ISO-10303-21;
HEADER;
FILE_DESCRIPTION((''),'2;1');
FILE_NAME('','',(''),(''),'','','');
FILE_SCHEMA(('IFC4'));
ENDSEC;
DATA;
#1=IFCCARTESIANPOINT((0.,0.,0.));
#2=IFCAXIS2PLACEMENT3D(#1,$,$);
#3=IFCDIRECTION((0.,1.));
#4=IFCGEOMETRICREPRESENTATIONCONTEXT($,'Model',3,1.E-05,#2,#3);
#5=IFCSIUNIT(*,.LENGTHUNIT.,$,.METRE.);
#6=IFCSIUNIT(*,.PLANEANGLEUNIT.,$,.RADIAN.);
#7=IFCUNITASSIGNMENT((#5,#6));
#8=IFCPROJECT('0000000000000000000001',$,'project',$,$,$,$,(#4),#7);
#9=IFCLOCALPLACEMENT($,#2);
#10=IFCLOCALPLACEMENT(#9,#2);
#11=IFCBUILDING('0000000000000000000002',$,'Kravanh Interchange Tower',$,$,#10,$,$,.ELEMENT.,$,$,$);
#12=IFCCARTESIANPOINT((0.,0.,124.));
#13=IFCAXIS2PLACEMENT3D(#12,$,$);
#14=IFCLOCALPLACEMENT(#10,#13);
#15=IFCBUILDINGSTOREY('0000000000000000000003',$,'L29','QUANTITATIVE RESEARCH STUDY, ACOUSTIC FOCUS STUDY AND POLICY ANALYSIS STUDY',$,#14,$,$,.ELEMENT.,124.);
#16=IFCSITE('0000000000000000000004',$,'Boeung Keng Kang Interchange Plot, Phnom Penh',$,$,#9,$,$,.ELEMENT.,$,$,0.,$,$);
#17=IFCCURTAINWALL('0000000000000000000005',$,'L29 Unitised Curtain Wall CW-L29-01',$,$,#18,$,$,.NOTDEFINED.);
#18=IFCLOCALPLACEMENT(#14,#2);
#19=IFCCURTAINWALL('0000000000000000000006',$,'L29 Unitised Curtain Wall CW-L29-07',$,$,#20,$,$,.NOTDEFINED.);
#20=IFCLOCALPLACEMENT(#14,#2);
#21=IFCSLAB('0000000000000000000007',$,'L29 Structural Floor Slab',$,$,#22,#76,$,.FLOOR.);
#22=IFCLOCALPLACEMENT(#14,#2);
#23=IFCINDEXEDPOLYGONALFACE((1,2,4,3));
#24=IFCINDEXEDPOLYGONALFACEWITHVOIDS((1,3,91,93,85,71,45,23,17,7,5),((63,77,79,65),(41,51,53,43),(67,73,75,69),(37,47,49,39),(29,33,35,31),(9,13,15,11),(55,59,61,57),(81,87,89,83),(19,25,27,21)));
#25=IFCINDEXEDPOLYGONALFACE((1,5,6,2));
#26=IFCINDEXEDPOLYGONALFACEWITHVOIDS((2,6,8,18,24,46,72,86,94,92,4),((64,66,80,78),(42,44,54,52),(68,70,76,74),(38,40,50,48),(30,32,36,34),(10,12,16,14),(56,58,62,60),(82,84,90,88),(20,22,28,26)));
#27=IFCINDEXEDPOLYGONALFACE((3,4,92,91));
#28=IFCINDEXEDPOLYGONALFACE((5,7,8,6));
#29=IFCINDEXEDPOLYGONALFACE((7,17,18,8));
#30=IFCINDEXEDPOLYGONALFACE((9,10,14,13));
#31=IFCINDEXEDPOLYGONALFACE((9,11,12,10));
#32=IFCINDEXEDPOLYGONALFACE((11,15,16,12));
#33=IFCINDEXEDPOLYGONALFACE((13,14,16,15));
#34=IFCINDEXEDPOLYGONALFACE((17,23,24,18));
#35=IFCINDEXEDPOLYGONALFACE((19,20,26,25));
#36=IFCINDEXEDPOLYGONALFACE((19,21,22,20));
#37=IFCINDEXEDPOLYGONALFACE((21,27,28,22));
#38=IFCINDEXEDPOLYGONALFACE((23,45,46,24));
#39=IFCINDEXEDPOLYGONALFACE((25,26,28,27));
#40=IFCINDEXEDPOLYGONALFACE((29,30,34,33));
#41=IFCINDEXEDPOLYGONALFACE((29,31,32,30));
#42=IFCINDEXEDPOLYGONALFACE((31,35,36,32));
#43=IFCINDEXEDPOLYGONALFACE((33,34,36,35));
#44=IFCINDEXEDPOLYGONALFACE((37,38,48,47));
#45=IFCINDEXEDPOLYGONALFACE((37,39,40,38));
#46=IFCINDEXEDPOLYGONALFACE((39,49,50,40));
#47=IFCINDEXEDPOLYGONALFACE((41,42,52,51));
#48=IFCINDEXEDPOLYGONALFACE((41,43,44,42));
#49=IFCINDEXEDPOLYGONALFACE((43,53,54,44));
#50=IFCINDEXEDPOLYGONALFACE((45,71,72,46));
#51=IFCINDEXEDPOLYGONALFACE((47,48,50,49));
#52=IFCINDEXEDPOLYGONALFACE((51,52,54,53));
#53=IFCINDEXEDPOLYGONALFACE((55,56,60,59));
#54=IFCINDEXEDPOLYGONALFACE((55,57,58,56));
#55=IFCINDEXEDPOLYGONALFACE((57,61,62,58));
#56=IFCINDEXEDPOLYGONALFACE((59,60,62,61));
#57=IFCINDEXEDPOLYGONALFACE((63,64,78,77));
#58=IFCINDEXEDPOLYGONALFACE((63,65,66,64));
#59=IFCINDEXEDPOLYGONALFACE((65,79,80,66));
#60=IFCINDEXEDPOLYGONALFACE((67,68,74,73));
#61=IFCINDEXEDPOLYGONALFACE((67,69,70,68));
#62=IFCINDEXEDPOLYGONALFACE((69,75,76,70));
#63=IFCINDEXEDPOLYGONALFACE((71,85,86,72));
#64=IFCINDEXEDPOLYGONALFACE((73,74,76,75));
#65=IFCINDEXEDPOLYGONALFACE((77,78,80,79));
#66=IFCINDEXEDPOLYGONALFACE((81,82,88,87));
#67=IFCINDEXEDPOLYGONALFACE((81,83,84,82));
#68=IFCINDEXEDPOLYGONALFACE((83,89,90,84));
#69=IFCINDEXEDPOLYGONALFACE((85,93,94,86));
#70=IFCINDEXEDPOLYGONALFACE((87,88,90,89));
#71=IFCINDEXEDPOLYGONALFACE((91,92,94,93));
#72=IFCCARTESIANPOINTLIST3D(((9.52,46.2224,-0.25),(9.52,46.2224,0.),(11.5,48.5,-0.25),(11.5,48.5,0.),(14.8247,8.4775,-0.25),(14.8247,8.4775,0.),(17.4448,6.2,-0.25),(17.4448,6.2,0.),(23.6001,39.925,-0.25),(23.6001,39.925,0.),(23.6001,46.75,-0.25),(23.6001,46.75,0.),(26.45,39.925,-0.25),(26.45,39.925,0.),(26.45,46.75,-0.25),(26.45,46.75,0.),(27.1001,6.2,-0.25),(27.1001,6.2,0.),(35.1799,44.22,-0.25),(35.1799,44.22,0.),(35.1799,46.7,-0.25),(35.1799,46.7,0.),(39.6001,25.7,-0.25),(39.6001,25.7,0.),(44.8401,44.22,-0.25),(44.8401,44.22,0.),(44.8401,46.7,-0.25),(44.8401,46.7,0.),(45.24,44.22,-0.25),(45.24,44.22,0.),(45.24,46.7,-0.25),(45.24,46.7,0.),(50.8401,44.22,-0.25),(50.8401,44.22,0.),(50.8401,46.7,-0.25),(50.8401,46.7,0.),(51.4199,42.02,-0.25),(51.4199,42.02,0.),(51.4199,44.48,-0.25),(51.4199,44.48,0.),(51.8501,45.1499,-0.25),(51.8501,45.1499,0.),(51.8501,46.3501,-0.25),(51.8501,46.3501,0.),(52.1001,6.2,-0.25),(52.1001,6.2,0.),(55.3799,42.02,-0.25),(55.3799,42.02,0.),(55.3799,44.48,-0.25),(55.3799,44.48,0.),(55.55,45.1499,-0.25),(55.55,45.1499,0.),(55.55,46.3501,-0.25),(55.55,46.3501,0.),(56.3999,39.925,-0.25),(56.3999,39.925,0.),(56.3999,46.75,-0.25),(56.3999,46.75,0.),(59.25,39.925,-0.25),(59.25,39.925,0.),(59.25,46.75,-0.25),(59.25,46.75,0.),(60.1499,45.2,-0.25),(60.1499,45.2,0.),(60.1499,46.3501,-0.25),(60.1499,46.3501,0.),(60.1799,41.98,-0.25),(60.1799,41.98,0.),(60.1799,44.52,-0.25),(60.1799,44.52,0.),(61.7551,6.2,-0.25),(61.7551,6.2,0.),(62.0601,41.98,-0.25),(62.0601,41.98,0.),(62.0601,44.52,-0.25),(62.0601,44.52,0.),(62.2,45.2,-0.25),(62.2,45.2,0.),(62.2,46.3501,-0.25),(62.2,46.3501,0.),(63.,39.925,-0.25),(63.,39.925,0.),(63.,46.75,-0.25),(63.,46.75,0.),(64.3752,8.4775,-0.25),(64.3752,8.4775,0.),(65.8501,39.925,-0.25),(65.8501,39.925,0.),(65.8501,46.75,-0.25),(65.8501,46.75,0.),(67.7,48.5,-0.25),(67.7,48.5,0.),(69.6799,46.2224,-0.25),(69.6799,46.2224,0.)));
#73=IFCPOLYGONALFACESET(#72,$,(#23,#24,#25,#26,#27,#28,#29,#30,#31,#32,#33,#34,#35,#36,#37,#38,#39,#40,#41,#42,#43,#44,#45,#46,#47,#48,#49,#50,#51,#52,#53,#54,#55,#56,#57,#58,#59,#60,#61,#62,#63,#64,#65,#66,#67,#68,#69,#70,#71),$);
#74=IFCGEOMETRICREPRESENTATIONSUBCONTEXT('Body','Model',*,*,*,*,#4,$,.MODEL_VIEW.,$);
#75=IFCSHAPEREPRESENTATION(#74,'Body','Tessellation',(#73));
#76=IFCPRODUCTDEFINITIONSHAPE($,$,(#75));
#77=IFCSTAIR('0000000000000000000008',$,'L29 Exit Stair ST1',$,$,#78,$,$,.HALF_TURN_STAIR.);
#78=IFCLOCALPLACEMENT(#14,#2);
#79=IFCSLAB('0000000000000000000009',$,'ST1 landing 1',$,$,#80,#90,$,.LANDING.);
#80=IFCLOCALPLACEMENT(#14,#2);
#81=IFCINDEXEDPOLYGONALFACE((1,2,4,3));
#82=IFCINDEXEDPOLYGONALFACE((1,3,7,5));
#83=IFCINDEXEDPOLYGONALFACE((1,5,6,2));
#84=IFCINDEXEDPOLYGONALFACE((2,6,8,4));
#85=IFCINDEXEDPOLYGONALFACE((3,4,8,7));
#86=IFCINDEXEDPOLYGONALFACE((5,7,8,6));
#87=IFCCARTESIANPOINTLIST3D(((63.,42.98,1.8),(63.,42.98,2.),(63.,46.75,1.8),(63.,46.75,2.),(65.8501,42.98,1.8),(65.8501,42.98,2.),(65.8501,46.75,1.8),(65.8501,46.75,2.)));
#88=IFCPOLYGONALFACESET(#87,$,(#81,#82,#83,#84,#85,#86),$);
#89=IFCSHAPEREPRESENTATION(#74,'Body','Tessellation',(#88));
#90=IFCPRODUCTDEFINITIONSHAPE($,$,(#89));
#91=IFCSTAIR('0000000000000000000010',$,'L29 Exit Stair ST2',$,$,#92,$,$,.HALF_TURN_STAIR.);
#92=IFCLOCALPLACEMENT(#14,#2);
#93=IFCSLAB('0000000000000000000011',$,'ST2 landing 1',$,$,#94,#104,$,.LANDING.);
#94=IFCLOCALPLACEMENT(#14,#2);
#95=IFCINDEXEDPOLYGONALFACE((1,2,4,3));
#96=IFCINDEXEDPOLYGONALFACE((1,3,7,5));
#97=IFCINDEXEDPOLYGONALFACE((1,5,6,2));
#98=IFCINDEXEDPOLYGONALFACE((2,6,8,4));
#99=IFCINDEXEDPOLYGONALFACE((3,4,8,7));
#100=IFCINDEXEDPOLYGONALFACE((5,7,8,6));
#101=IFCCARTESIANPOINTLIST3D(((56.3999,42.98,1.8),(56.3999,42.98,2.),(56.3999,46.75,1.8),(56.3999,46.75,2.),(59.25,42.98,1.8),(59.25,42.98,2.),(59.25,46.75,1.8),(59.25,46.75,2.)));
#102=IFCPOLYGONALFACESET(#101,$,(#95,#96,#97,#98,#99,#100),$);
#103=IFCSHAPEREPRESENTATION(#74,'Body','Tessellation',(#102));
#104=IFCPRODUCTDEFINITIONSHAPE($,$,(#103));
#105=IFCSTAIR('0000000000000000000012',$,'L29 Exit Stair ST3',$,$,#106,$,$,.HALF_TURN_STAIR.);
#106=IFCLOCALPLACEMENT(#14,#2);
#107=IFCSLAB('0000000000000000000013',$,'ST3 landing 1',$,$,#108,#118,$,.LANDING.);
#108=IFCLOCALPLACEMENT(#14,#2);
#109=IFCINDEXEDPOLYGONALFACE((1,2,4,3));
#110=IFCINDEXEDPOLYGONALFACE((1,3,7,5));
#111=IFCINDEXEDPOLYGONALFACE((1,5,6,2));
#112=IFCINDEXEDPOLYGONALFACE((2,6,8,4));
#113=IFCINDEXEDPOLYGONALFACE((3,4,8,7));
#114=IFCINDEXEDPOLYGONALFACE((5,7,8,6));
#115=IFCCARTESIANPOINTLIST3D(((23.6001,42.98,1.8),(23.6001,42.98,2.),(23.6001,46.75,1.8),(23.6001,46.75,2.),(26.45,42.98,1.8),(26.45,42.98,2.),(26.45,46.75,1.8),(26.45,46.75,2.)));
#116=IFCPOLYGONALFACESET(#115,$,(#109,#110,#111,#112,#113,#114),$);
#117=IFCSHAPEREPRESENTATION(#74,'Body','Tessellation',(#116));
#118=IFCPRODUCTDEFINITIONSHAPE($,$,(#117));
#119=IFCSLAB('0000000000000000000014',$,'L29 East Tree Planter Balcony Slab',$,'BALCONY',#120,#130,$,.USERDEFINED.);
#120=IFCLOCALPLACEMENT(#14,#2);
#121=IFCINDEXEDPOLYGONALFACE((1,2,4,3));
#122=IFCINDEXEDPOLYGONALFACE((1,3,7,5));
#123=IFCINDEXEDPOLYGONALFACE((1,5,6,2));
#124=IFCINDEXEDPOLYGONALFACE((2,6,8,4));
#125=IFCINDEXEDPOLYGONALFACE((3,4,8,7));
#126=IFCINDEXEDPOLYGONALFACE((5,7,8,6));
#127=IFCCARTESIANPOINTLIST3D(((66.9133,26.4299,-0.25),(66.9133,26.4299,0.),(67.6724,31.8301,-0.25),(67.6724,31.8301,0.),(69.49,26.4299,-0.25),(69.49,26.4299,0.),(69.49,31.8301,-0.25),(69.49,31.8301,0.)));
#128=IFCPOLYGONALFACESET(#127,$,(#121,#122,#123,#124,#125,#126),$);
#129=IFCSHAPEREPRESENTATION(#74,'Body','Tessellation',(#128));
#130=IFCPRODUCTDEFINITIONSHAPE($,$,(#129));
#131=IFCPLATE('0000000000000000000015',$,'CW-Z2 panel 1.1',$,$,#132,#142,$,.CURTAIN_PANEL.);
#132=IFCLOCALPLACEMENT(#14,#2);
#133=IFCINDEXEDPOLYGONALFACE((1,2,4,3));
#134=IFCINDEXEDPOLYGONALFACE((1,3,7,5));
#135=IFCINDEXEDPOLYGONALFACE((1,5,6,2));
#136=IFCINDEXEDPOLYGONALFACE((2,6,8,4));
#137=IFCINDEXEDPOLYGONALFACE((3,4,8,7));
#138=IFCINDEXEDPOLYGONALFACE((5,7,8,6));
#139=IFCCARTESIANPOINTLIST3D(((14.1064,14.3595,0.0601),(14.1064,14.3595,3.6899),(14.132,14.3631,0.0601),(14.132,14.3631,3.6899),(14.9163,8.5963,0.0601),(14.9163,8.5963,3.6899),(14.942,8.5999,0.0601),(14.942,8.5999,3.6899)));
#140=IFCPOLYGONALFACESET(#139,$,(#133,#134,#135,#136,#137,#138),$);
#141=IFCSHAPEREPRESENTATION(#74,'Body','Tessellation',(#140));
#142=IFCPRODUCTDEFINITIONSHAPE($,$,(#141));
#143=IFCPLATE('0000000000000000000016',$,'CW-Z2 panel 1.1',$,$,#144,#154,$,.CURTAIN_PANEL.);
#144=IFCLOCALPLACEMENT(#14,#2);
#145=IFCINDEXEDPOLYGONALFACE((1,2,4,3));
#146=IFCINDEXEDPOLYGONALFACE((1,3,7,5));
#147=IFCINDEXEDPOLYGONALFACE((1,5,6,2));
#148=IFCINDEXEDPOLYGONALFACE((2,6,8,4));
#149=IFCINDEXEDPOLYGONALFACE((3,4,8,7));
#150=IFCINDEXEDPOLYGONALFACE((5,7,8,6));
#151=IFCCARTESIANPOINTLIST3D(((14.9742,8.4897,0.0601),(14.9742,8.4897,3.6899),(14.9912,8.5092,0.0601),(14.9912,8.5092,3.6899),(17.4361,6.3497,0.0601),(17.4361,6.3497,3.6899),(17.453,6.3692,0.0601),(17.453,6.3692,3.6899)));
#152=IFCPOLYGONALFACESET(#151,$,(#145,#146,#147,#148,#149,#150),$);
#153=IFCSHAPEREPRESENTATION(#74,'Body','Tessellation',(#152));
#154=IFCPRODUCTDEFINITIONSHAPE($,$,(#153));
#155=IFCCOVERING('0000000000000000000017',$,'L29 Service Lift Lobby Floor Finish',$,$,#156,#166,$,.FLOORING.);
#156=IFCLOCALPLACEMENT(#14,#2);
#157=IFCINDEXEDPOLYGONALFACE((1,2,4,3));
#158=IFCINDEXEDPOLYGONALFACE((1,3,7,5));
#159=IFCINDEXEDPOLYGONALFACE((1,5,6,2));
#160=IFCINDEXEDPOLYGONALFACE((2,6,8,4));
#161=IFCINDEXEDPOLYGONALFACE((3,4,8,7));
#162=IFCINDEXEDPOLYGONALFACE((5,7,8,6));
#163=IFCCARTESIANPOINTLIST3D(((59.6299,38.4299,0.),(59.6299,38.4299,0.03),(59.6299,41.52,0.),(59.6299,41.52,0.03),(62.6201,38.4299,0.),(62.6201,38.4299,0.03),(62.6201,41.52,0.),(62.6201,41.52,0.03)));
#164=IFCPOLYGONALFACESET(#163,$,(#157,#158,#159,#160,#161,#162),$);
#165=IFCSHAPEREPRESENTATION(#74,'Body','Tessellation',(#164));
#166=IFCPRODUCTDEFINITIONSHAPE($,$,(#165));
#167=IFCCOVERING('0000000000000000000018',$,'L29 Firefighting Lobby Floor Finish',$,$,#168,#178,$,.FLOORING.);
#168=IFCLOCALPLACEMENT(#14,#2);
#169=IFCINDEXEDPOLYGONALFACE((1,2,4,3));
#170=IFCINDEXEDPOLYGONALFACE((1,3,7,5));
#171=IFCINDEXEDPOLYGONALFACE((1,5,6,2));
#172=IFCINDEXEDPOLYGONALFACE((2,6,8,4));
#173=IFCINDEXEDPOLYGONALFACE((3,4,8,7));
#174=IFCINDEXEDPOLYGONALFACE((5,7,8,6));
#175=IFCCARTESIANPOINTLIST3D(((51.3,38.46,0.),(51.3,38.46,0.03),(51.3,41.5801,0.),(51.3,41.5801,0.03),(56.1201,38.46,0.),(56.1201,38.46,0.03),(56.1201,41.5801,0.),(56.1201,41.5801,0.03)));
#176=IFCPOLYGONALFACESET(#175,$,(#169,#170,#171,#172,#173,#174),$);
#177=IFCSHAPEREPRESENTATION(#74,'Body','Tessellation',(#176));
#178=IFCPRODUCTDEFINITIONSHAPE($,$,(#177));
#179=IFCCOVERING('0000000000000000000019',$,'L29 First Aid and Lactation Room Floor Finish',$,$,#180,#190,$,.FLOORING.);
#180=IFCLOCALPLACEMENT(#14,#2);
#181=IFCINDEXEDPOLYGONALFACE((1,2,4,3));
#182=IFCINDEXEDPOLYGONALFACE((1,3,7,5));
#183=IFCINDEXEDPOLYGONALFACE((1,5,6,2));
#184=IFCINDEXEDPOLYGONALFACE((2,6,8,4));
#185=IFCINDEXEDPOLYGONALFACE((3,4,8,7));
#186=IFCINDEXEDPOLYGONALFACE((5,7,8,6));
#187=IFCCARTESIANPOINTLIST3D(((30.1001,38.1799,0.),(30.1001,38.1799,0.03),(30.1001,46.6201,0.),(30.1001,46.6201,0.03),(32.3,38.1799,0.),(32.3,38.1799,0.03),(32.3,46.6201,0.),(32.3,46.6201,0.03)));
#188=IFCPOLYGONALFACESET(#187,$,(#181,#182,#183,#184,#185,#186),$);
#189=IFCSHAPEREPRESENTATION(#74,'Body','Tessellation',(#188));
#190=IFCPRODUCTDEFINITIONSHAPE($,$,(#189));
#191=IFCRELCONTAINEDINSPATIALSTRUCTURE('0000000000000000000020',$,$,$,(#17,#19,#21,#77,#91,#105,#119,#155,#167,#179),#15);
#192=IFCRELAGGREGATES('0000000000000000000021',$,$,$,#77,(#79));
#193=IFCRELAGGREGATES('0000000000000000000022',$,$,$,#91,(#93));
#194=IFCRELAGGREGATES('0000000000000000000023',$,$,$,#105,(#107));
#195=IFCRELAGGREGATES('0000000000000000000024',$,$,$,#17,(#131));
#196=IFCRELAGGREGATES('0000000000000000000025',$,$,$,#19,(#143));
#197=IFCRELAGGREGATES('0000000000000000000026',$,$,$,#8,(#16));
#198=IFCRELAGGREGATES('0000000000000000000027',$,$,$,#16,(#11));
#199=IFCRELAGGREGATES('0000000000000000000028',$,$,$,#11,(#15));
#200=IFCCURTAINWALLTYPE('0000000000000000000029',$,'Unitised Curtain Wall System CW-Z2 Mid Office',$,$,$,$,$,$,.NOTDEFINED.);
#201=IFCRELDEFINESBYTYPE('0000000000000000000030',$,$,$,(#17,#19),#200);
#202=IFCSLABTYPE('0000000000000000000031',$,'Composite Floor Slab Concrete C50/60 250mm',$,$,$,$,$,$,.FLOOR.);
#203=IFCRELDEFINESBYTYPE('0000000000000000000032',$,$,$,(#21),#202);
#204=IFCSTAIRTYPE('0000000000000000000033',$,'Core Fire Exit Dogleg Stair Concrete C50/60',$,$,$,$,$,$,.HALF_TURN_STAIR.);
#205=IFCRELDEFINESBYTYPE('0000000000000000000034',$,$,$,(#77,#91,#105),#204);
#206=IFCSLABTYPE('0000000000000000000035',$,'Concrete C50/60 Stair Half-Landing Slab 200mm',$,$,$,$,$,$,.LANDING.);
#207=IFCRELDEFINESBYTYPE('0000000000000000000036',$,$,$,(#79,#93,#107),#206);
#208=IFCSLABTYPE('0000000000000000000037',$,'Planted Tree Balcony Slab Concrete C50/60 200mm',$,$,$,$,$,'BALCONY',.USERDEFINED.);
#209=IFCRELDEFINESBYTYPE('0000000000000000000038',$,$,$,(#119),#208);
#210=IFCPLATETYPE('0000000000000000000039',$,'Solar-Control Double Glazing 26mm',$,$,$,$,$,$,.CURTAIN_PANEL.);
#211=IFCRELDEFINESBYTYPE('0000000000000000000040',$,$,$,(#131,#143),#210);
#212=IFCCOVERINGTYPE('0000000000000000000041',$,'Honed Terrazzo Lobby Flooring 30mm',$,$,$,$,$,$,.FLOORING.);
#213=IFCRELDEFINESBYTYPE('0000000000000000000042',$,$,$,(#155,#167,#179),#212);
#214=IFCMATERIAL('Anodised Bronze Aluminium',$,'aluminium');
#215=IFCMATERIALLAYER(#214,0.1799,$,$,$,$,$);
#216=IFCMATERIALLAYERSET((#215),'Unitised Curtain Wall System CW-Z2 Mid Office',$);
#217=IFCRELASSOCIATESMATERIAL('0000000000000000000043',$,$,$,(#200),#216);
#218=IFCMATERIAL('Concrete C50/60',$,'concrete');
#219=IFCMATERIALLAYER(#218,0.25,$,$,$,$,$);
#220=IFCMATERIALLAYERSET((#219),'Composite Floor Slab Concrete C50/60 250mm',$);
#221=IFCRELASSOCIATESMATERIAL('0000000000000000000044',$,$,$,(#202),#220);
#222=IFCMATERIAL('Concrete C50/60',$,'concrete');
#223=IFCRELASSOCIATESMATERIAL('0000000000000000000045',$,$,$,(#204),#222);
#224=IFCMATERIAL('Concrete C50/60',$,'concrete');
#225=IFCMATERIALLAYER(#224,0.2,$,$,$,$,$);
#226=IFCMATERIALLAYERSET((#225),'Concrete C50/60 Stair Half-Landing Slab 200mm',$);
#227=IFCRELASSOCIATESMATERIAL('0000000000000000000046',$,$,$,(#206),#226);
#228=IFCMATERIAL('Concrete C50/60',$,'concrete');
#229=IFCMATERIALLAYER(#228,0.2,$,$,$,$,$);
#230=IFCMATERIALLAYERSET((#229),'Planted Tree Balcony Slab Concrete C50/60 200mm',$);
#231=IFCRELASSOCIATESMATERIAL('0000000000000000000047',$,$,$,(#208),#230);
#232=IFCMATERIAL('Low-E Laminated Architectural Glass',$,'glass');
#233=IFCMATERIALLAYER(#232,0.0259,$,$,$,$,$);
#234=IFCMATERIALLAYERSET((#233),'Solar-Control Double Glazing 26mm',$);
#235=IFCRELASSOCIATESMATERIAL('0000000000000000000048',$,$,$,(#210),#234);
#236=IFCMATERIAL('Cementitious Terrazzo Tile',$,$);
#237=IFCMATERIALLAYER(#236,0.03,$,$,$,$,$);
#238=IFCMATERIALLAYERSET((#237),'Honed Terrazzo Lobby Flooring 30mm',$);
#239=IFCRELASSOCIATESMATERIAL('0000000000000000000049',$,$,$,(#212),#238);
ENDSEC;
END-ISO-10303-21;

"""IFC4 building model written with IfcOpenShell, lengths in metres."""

from ifc_helpers import new_model, si_unit, direction, frame, origin, origin_2d, place, context, subcontext, project, spatial, polyline, rectangle, outline, extrude, material, layer, layer_set, type_object, element, aggregate, save


model = new_model("IFC4")

# Units and contexts
model_context = context("Model", 3, precision=1e-05, world=origin(), true_north=direction((0.0, 1.0)))
body_context = subcontext(model_context, "Body", "Model", "MODEL_VIEW")
ifc_project = project(units=[si_unit("LENGTHUNIT", "METRE"), si_unit("PLANEANGLEUNIT", "RADIAN")], contexts=[model_context])

# Site, building, storey
site_placement = place(None, origin())
site = spatial("IfcSite", under=ifc_project, at=site_placement, Name="Boeung Keng Kang Interchange Plot, Phnom Penh", CompositionType="ELEMENT", RefElevation=0.0)
building_placement = place(site_placement, origin())
building = spatial("IfcBuilding", under=site, at=building_placement, Name="Kravanh Interchange Tower", CompositionType="ELEMENT")
storey_placement = place(building_placement, frame((0.0, 0.0, 124.0)))
storey = spatial("IfcBuildingStorey", under=building, at=storey_placement, Name="L29", Description="QUANTITATIVE RESEARCH STUDY, ACOUSTIC FOCUS STUDY AND POLICY ANALYSIS STUDY", CompositionType="ELEMENT", Elevation=124.0)

# Curtain wall
ifc_material_1 = material(Name="Anodised Bronze Aluminium", Category="aluminium")
ifc_layer_1 = layer(ifc_material_1, 0.1799)
ifc_layer_set_1 = layer_set([ifc_layer_1], Name="Unitised Curtain Wall System CW-Z2 Mid Office")
curtain_wall_type = type_object("IfcCurtainWallType", Name="Unitised Curtain Wall System CW-Z2 Mid Office", PredefinedType="NOTDEFINED", material=ifc_layer_set_1)
curtain_wall_1_placement = place(storey_placement, origin())
curtain_wall_1 = element("IfcCurtainWall", 1, at=curtain_wall_1_placement, inside=storey, type_object=curtain_wall_type, Name="L29 Unitised Curtain Wall CW-L29-01", PredefinedType="NOTDEFINED")

# Curtain wall
curtain_wall_2_placement = place(storey_placement, origin())
curtain_wall_2 = element("IfcCurtainWall", 2, at=curtain_wall_2_placement, inside=storey, type_object=curtain_wall_type, Name="L29 Unitised Curtain Wall CW-L29-07", PredefinedType="NOTDEFINED")

# Slab
ifc_material_2 = material(Name="Concrete C50/60", Category="concrete")
ifc_layer_2 = layer(ifc_material_2, 0.25)
ifc_layer_set_2 = layer_set([ifc_layer_2], Name="Composite Floor Slab Concrete C50/60 250mm")
slab_type_1 = type_object("IfcSlabType", Name="Composite Floor Slab Concrete C50/60 250mm", PredefinedType="FLOOR", material=ifc_layer_set_2)
slab_1_placement = place(storey_placement, frame((0.0, 0.0, -0.25)))
element("IfcSlab", 3, at=slab_1_placement, inside=storey, type_object=slab_type_1, Name="L29 Structural Floor Slab", PredefinedType="FLOOR", context=body_context, shape_type="SweptSolid", body=[
    extrude(outline(polyline([(14.8247, 8.4775), (17.4448, 6.2), (27.1001, 6.2), (39.6001, 25.7), (52.1001, 6.2), (61.7551, 6.2), (64.3752, 8.4775), (69.6799, 46.2224), (67.7, 48.5), (11.5, 48.5), (9.52, 46.2224), (14.8247, 8.4775)]), holes=[polyline([(65.8501, 39.925), (65.8501, 46.75), (63.0, 46.75), (63.0, 39.925), (65.8501, 39.925)]), polyline([(59.25, 39.925), (59.25, 46.75), (56.3999, 46.75), (56.3999, 39.925), (59.25, 39.925)]), polyline([(26.45, 39.925), (26.45, 46.75), (23.6001, 46.75), (23.6001, 39.925), (26.45, 39.925)]), polyline([(35.1799, 44.22), (44.8401, 44.22), (44.8401, 46.7), (35.1799, 46.7), (35.1799, 44.22)]), polyline([(45.24, 44.22), (50.8401, 44.22), (50.8401, 46.7), (45.24, 46.7), (45.24, 44.22)]), polyline([(51.4199, 42.02), (55.3799, 42.02), (55.3799, 44.48), (51.4199, 44.48), (51.4199, 42.02)]), polyline([(60.1799, 41.98), (62.0601, 41.98), (62.0601, 44.52), (60.1799, 44.52), (60.1799, 41.98)]), polyline([(60.1499, 45.2), (62.2, 45.2), (62.2, 46.3501), (60.1499, 46.3501), (60.1499, 45.2)]), polyline([(51.8501, 45.1499), (55.55, 45.1499), (55.55, 46.3501), (51.8501, 46.3501), (51.8501, 45.1499)])]), origin(), (0.0, 0.0, 1.0), 0.25),
])

# Stairs, slabs
ifc_material_3 = material(Name="Concrete C50/60", Category="concrete")
stair_type = type_object("IfcStairType", Name="Core Fire Exit Dogleg Stair Concrete C50/60", PredefinedType="HALF_TURN_STAIR", material=ifc_material_3)
stair_1_placement = place(storey_placement, origin())
stair_1 = element("IfcStair", 4, at=stair_1_placement, inside=storey, type_object=stair_type, Name="L29 Exit Stair ST1", PredefinedType="HALF_TURN_STAIR")
ifc_material_4 = material(Name="Concrete C50/60", Category="concrete")
ifc_layer_3 = layer(ifc_material_4, 0.2)
ifc_layer_set_3 = layer_set([ifc_layer_3], Name="Concrete C50/60 Stair Half-Landing Slab 200mm")
slab_type_2 = type_object("IfcSlabType", Name="Concrete C50/60 Stair Half-Landing Slab 200mm", PredefinedType="LANDING", material=ifc_layer_set_3)
slab_2_placement = place(storey_placement, frame((0.0, 0.0, 1.8)))
slab_2 = element("IfcSlab", 5, at=slab_2_placement, type_object=slab_type_2, Name="ST1 landing 1", PredefinedType="LANDING", context=body_context, shape_type="SweptSolid", body=[
    extrude(outline(polyline([(65.8501, 42.98), (65.8501, 46.75), (63.0, 46.75), (63.0, 42.98), (65.8501, 42.98)])), origin(), (0.0, 0.0, 1.0), 0.2),
])
aggregate(stair_1, [slab_2])
stair_2_placement = place(storey_placement, origin())
stair_2 = element("IfcStair", 6, at=stair_2_placement, inside=storey, type_object=stair_type, Name="L29 Exit Stair ST2", PredefinedType="HALF_TURN_STAIR")
slab_3_placement = place(storey_placement, frame((0.0, 0.0, 1.8)))
slab_3 = element("IfcSlab", 7, at=slab_3_placement, type_object=slab_type_2, Name="ST2 landing 1", PredefinedType="LANDING", context=body_context, shape_type="SweptSolid", body=[
    extrude(outline(polyline([(59.25, 42.98), (59.25, 46.75), (56.3999, 46.75), (56.3999, 42.98), (59.25, 42.98)])), origin(), (0.0, 0.0, 1.0), 0.2),
])
aggregate(stair_2, [slab_3])
stair_3_placement = place(storey_placement, origin())
stair_3 = element("IfcStair", 8, at=stair_3_placement, inside=storey, type_object=stair_type, Name="L29 Exit Stair ST3", PredefinedType="HALF_TURN_STAIR")
slab_4_placement = place(storey_placement, frame((0.0, 0.0, 1.8)))
slab_4 = element("IfcSlab", 9, at=slab_4_placement, type_object=slab_type_2, Name="ST3 landing 1", PredefinedType="LANDING", context=body_context, shape_type="SweptSolid", body=[
    extrude(outline(polyline([(26.45, 42.98), (26.45, 46.75), (23.6001, 46.75), (23.6001, 42.98), (26.45, 42.98)])), origin(), (0.0, 0.0, 1.0), 0.2),
])
aggregate(stair_3, [slab_4])

# Slab
ifc_material_5 = material(Name="Concrete C50/60", Category="concrete")
ifc_layer_4 = layer(ifc_material_5, 0.2)
ifc_layer_set_4 = layer_set([ifc_layer_4], Name="Planted Tree Balcony Slab Concrete C50/60 200mm")
slab_type_3 = type_object("IfcSlabType", Name="Planted Tree Balcony Slab Concrete C50/60 200mm", ElementType="BALCONY", PredefinedType="USERDEFINED", material=ifc_layer_set_4)
slab_5_placement = place(storey_placement, frame((0.0, 0.0, -0.25)))
element("IfcSlab", 10, at=slab_5_placement, inside=storey, type_object=slab_type_3, Name="L29 East Tree Planter Balcony Slab", ObjectType="BALCONY", PredefinedType="USERDEFINED", context=body_context, shape_type="SweptSolid", body=[
    extrude(outline(polyline([(69.49, 31.8301), (69.49, 26.4299), (66.9133, 26.4299), (67.6724, 31.8301), (69.49, 31.8301)])), origin(), (0.0, 0.0, 1.0), 0.25),
])

# Plates
ifc_material_6 = material(Name="Low-E Laminated Architectural Glass", Category="glass")
ifc_layer_5 = layer(ifc_material_6, 0.0259)
ifc_layer_set_5 = layer_set([ifc_layer_5], Name="Solar-Control Double Glazing 26mm")
plate_type = type_object("IfcPlateType", Name="Solar-Control Double Glazing 26mm", PredefinedType="CURTAIN_PANEL", material=ifc_layer_set_5)
plate_1_placement = place(storey_placement, frame((14.5242, 11.4797, 0.0601), z_axis=(0.0, 0.0, 1.0), x_axis=(-0.139173, 0.990268, 0.0)))
plate_1 = element("IfcPlate", 11, at=plate_1_placement, type_object=plate_type, Name="CW-Z2 panel 1.1", PredefinedType="CURTAIN_PANEL", context=body_context, shape_type="SweptSolid", body=[
    extrude(rectangle(XDim=5.8198, YDim=0.0259, at=origin_2d()), origin(), (0.0, 0.0, 1.0), 3.6299),
])
aggregate(curtain_wall_1, [plate_1])
plate_2_placement = place(storey_placement, frame((16.2136, 7.4294, 0.0601), z_axis=(0.0, 0.0, 1.0), x_axis=(-0.754719, 0.656048, 0.0)))
plate_2 = element("IfcPlate", 12, at=plate_2_placement, type_object=plate_type, Name="CW-Z2 panel 1.1", PredefinedType="CURTAIN_PANEL", context=body_context, shape_type="SweptSolid", body=[
    extrude(rectangle(XDim=3.262, YDim=0.0259, at=origin_2d()), origin(), (0.0, 0.0, 1.0), 3.6299),
])
aggregate(curtain_wall_2, [plate_2])

# Coverings
ifc_material_7 = material(Name="Cementitious Terrazzo Tile")
ifc_layer_6 = layer(ifc_material_7, 0.03)
ifc_layer_set_6 = layer_set([ifc_layer_6], Name="Honed Terrazzo Lobby Flooring 30mm")
covering_type_1 = type_object("IfcCoveringType", Name="Honed Terrazzo Lobby Flooring 30mm", PredefinedType="FLOORING", material=ifc_layer_set_6)
covering_1_placement = place(storey_placement, origin())
element("IfcCovering", 13, at=covering_1_placement, inside=storey, type_object=covering_type_1, Name="L29 Service Lift Lobby Floor Finish", PredefinedType="FLOORING", context=body_context, shape_type="SweptSolid", body=[
    extrude(outline(polyline([(59.6299, 41.52), (62.6201, 41.52), (62.6201, 38.4299), (59.6299, 38.4299), (59.6299, 41.52)])), origin(), (0.0, 0.0, 1.0), 0.03),
])
covering_2_placement = place(storey_placement, origin())
element("IfcCovering", 14, at=covering_2_placement, inside=storey, type_object=covering_type_1, Name="L29 Firefighting Lobby Floor Finish", PredefinedType="FLOORING", context=body_context, shape_type="SweptSolid", body=[
    extrude(outline(polyline([(56.1201, 38.46), (51.3, 38.46), (51.3, 41.5801), (56.1201, 41.5801), (56.1201, 38.46)])), origin(), (0.0, 0.0, 1.0), 0.03),
])
covering_3_placement = place(storey_placement, origin())
element("IfcCovering", 15, at=covering_3_placement, inside=storey, type_object=covering_type_1, Name="L29 First Aid and Lactation Room Floor Finish", PredefinedType="FLOORING", context=body_context, shape_type="SweptSolid", body=[
    extrude(outline(polyline([(30.1001, 46.6201), (32.3, 46.6201), (32.3, 38.1799), (30.1001, 38.1799), (30.1001, 46.6201)])), origin(), (0.0, 0.0, 1.0), 0.03),
])

save(model, "model.ifc")
